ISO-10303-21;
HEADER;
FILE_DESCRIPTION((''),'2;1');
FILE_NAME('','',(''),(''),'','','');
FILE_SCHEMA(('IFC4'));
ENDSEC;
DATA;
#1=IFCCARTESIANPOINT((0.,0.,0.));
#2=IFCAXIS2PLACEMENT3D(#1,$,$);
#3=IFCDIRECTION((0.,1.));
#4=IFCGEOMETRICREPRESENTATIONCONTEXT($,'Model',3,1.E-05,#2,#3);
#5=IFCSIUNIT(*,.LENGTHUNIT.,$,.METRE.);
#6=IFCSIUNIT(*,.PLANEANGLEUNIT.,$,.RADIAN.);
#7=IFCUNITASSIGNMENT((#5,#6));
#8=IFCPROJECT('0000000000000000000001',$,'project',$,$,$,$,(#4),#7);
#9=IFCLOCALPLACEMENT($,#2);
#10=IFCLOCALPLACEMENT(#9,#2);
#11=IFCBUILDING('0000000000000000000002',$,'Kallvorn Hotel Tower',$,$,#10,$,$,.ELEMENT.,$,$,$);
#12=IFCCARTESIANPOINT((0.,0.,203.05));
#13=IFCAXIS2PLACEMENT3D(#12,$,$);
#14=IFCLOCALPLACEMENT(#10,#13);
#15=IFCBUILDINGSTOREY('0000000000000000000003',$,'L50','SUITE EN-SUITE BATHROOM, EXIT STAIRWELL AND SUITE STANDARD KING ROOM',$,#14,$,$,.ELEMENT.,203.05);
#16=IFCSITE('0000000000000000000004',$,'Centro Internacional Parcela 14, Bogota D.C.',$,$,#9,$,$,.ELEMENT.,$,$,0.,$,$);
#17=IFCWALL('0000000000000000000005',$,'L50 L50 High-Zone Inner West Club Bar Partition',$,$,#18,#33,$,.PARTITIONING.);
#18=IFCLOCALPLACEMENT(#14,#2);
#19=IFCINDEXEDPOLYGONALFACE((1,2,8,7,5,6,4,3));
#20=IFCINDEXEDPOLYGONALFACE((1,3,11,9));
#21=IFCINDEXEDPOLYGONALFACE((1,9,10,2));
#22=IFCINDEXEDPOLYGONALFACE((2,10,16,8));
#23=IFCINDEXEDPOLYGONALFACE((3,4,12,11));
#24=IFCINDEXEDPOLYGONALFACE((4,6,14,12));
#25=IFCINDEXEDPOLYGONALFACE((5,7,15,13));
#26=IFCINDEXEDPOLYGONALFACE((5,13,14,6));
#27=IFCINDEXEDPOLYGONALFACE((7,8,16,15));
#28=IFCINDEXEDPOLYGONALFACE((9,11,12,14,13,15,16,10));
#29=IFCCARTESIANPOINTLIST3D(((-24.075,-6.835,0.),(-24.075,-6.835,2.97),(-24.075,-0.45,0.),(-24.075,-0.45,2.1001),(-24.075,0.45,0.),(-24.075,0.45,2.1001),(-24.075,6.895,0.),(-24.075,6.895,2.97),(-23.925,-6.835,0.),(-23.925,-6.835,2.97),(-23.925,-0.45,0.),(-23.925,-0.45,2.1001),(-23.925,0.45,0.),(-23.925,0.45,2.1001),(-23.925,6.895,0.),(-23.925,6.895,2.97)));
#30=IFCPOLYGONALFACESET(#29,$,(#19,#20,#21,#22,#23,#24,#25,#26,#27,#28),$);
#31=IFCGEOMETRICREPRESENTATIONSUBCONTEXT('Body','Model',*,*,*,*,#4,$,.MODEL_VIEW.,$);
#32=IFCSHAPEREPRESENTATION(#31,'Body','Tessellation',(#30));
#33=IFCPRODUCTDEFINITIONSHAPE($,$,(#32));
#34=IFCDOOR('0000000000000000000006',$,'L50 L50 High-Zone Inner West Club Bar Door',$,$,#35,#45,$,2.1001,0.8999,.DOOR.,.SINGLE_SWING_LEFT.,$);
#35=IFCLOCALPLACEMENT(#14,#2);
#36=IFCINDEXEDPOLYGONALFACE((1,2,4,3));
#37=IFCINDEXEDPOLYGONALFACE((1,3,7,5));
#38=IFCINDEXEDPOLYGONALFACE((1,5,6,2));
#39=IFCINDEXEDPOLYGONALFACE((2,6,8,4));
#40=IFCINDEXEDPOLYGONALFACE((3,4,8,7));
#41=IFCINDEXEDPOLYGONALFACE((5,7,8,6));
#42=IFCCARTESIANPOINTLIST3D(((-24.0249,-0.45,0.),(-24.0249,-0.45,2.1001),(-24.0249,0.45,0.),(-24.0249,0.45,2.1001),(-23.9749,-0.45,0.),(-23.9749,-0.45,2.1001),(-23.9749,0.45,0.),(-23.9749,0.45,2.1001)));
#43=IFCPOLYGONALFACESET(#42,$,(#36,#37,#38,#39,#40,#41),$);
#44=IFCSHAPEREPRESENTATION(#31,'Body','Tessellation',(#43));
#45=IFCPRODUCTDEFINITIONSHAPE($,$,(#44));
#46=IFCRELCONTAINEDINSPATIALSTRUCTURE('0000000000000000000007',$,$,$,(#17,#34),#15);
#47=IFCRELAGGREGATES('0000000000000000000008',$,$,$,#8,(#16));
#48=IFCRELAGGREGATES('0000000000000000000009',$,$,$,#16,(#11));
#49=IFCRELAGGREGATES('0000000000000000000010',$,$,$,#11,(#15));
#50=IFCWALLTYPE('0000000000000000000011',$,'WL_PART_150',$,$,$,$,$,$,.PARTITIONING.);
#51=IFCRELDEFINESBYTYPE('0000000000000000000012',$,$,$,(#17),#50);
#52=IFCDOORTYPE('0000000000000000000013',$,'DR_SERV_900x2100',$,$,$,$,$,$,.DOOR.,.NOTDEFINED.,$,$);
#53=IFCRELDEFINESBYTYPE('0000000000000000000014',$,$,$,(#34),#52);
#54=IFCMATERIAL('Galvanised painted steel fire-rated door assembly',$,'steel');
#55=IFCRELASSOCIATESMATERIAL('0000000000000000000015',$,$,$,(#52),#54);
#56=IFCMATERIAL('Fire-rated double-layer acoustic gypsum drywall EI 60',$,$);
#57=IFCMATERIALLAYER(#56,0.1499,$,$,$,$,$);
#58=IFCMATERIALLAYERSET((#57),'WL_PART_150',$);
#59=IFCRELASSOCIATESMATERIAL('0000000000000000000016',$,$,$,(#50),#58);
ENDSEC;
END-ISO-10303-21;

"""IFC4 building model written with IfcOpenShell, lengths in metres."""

from ifc_helpers import new_model, si_unit, direction, frame, frame_2d, origin, place, context, subcontext, project, spatial, rectangle, extrude, material, layer, layer_set, type_object, element, fill, save


model = new_model("IFC4")

# Units and contexts
model_context = context("Model", 3, precision=1e-05, world=origin(), true_north=direction((0.0, 1.0)))
body_context = subcontext(model_context, "Body", "Model", "MODEL_VIEW")
ifc_project = project(units=[si_unit("LENGTHUNIT", "METRE"), si_unit("PLANEANGLEUNIT", "RADIAN")], contexts=[model_context])

# Site, building, storey
site_placement = place(None, origin())
site = spatial("IfcSite", under=ifc_project, at=site_placement, Name="Centro Internacional Parcela 14, Bogota D.C.", CompositionType="ELEMENT", RefElevation=0.0)
building_placement = place(site_placement, origin())
building = spatial("IfcBuilding", under=site, at=building_placement, Name="Kallvorn Hotel Tower", CompositionType="ELEMENT")
storey_placement = place(building_placement, frame((0.0, 0.0, 203.05)))
storey = spatial("IfcBuildingStorey", under=building, at=storey_placement, Name="L50", Description="SUITE EN-SUITE BATHROOM, EXIT STAIRWELL AND SUITE STANDARD KING ROOM", CompositionType="ELEMENT", Elevation=203.05)

# Shared definitions
ifc_material_1 = material(Name="Galvanised painted steel fire-rated door assembly", Category="steel")
door_type_1 = type_object("IfcDoorType", Name="DR_SERV_900x2100", OperationType="NOTDEFINED", PredefinedType="DOOR", material=ifc_material_1)

# Shared definitions
ifc_material_2 = material(Name="Fire-rated double-layer acoustic gypsum drywall EI 60")
ifc_layer_1 = layer(ifc_material_2, 0.1499)
ifc_layer_set_1 = layer_set([ifc_layer_1], Name="WL_PART_150")
wall_type_1 = type_object("IfcWallType", Name="WL_PART_150", PredefinedType="PARTITIONING", material=ifc_layer_set_1)

# Wall, opening, door
wall_1_placement = place(storey_placement, frame((-24.0, -6.835, 0.0), z_axis=(0.0, 0.0, 1.0), x_axis=(0.0, 1.0, 0.0)))
wall_1 = element("IfcWall", 1, at=wall_1_placement, inside=storey, type_object=wall_type_1, Name="L50 L50 High-Zone Inner West Club Bar Partition", PredefinedType="PARTITIONING", context=body_context, shape_type="SweptSolid", body=[
    extrude(rectangle(XDim=13.73, YDim=0.1499, at=frame_2d((6.865, 0.0))), origin(), (0.0, 0.0, 1.0), 2.97),
])
opening_1_placement = place(wall_1_placement, frame((6.385, 0.0, 0.0)))
opening_1 = element("IfcOpeningElement", 2, at=opening_1_placement, cuts=wall_1, PredefinedType="OPENING", context=body_context, shape_type="SweptSolid", body=[
    extrude(rectangle(XDim=0.8999, YDim=2.1001, at=frame_2d((0.45, 1.05))), frame((0.0, 0.0898, 0.0), z_axis=(0.0, -1.0, 0.0), x_axis=(1.0, 0.0, 0.0)), (0.0, 0.0, 1.0), 0.1799),
])
door_1_placement = place(opening_1_placement, origin())
door_1 = element("IfcDoor", 3, at=door_1_placement, inside=storey, type_object=door_type_1, Name="L50 L50 High-Zone Inner West Club Bar Door", OperationType="SINGLE_SWING_LEFT", OverallHeight=2.1001, OverallWidth=0.8999, PredefinedType="DOOR", context=body_context, shape_type="SweptSolid", body=[
    extrude(rectangle(XDim=0.8999, YDim=2.1001, at=frame_2d((0.45, 1.05))), frame((0.0, 0.0249, 0.0), z_axis=(0.0, -1.0, 0.0), x_axis=(1.0, 0.0, 0.0)), (0.0, 0.0, 1.0), 0.05),
])
fill(opening_1, door_1)

save(model, "model.ifc")
